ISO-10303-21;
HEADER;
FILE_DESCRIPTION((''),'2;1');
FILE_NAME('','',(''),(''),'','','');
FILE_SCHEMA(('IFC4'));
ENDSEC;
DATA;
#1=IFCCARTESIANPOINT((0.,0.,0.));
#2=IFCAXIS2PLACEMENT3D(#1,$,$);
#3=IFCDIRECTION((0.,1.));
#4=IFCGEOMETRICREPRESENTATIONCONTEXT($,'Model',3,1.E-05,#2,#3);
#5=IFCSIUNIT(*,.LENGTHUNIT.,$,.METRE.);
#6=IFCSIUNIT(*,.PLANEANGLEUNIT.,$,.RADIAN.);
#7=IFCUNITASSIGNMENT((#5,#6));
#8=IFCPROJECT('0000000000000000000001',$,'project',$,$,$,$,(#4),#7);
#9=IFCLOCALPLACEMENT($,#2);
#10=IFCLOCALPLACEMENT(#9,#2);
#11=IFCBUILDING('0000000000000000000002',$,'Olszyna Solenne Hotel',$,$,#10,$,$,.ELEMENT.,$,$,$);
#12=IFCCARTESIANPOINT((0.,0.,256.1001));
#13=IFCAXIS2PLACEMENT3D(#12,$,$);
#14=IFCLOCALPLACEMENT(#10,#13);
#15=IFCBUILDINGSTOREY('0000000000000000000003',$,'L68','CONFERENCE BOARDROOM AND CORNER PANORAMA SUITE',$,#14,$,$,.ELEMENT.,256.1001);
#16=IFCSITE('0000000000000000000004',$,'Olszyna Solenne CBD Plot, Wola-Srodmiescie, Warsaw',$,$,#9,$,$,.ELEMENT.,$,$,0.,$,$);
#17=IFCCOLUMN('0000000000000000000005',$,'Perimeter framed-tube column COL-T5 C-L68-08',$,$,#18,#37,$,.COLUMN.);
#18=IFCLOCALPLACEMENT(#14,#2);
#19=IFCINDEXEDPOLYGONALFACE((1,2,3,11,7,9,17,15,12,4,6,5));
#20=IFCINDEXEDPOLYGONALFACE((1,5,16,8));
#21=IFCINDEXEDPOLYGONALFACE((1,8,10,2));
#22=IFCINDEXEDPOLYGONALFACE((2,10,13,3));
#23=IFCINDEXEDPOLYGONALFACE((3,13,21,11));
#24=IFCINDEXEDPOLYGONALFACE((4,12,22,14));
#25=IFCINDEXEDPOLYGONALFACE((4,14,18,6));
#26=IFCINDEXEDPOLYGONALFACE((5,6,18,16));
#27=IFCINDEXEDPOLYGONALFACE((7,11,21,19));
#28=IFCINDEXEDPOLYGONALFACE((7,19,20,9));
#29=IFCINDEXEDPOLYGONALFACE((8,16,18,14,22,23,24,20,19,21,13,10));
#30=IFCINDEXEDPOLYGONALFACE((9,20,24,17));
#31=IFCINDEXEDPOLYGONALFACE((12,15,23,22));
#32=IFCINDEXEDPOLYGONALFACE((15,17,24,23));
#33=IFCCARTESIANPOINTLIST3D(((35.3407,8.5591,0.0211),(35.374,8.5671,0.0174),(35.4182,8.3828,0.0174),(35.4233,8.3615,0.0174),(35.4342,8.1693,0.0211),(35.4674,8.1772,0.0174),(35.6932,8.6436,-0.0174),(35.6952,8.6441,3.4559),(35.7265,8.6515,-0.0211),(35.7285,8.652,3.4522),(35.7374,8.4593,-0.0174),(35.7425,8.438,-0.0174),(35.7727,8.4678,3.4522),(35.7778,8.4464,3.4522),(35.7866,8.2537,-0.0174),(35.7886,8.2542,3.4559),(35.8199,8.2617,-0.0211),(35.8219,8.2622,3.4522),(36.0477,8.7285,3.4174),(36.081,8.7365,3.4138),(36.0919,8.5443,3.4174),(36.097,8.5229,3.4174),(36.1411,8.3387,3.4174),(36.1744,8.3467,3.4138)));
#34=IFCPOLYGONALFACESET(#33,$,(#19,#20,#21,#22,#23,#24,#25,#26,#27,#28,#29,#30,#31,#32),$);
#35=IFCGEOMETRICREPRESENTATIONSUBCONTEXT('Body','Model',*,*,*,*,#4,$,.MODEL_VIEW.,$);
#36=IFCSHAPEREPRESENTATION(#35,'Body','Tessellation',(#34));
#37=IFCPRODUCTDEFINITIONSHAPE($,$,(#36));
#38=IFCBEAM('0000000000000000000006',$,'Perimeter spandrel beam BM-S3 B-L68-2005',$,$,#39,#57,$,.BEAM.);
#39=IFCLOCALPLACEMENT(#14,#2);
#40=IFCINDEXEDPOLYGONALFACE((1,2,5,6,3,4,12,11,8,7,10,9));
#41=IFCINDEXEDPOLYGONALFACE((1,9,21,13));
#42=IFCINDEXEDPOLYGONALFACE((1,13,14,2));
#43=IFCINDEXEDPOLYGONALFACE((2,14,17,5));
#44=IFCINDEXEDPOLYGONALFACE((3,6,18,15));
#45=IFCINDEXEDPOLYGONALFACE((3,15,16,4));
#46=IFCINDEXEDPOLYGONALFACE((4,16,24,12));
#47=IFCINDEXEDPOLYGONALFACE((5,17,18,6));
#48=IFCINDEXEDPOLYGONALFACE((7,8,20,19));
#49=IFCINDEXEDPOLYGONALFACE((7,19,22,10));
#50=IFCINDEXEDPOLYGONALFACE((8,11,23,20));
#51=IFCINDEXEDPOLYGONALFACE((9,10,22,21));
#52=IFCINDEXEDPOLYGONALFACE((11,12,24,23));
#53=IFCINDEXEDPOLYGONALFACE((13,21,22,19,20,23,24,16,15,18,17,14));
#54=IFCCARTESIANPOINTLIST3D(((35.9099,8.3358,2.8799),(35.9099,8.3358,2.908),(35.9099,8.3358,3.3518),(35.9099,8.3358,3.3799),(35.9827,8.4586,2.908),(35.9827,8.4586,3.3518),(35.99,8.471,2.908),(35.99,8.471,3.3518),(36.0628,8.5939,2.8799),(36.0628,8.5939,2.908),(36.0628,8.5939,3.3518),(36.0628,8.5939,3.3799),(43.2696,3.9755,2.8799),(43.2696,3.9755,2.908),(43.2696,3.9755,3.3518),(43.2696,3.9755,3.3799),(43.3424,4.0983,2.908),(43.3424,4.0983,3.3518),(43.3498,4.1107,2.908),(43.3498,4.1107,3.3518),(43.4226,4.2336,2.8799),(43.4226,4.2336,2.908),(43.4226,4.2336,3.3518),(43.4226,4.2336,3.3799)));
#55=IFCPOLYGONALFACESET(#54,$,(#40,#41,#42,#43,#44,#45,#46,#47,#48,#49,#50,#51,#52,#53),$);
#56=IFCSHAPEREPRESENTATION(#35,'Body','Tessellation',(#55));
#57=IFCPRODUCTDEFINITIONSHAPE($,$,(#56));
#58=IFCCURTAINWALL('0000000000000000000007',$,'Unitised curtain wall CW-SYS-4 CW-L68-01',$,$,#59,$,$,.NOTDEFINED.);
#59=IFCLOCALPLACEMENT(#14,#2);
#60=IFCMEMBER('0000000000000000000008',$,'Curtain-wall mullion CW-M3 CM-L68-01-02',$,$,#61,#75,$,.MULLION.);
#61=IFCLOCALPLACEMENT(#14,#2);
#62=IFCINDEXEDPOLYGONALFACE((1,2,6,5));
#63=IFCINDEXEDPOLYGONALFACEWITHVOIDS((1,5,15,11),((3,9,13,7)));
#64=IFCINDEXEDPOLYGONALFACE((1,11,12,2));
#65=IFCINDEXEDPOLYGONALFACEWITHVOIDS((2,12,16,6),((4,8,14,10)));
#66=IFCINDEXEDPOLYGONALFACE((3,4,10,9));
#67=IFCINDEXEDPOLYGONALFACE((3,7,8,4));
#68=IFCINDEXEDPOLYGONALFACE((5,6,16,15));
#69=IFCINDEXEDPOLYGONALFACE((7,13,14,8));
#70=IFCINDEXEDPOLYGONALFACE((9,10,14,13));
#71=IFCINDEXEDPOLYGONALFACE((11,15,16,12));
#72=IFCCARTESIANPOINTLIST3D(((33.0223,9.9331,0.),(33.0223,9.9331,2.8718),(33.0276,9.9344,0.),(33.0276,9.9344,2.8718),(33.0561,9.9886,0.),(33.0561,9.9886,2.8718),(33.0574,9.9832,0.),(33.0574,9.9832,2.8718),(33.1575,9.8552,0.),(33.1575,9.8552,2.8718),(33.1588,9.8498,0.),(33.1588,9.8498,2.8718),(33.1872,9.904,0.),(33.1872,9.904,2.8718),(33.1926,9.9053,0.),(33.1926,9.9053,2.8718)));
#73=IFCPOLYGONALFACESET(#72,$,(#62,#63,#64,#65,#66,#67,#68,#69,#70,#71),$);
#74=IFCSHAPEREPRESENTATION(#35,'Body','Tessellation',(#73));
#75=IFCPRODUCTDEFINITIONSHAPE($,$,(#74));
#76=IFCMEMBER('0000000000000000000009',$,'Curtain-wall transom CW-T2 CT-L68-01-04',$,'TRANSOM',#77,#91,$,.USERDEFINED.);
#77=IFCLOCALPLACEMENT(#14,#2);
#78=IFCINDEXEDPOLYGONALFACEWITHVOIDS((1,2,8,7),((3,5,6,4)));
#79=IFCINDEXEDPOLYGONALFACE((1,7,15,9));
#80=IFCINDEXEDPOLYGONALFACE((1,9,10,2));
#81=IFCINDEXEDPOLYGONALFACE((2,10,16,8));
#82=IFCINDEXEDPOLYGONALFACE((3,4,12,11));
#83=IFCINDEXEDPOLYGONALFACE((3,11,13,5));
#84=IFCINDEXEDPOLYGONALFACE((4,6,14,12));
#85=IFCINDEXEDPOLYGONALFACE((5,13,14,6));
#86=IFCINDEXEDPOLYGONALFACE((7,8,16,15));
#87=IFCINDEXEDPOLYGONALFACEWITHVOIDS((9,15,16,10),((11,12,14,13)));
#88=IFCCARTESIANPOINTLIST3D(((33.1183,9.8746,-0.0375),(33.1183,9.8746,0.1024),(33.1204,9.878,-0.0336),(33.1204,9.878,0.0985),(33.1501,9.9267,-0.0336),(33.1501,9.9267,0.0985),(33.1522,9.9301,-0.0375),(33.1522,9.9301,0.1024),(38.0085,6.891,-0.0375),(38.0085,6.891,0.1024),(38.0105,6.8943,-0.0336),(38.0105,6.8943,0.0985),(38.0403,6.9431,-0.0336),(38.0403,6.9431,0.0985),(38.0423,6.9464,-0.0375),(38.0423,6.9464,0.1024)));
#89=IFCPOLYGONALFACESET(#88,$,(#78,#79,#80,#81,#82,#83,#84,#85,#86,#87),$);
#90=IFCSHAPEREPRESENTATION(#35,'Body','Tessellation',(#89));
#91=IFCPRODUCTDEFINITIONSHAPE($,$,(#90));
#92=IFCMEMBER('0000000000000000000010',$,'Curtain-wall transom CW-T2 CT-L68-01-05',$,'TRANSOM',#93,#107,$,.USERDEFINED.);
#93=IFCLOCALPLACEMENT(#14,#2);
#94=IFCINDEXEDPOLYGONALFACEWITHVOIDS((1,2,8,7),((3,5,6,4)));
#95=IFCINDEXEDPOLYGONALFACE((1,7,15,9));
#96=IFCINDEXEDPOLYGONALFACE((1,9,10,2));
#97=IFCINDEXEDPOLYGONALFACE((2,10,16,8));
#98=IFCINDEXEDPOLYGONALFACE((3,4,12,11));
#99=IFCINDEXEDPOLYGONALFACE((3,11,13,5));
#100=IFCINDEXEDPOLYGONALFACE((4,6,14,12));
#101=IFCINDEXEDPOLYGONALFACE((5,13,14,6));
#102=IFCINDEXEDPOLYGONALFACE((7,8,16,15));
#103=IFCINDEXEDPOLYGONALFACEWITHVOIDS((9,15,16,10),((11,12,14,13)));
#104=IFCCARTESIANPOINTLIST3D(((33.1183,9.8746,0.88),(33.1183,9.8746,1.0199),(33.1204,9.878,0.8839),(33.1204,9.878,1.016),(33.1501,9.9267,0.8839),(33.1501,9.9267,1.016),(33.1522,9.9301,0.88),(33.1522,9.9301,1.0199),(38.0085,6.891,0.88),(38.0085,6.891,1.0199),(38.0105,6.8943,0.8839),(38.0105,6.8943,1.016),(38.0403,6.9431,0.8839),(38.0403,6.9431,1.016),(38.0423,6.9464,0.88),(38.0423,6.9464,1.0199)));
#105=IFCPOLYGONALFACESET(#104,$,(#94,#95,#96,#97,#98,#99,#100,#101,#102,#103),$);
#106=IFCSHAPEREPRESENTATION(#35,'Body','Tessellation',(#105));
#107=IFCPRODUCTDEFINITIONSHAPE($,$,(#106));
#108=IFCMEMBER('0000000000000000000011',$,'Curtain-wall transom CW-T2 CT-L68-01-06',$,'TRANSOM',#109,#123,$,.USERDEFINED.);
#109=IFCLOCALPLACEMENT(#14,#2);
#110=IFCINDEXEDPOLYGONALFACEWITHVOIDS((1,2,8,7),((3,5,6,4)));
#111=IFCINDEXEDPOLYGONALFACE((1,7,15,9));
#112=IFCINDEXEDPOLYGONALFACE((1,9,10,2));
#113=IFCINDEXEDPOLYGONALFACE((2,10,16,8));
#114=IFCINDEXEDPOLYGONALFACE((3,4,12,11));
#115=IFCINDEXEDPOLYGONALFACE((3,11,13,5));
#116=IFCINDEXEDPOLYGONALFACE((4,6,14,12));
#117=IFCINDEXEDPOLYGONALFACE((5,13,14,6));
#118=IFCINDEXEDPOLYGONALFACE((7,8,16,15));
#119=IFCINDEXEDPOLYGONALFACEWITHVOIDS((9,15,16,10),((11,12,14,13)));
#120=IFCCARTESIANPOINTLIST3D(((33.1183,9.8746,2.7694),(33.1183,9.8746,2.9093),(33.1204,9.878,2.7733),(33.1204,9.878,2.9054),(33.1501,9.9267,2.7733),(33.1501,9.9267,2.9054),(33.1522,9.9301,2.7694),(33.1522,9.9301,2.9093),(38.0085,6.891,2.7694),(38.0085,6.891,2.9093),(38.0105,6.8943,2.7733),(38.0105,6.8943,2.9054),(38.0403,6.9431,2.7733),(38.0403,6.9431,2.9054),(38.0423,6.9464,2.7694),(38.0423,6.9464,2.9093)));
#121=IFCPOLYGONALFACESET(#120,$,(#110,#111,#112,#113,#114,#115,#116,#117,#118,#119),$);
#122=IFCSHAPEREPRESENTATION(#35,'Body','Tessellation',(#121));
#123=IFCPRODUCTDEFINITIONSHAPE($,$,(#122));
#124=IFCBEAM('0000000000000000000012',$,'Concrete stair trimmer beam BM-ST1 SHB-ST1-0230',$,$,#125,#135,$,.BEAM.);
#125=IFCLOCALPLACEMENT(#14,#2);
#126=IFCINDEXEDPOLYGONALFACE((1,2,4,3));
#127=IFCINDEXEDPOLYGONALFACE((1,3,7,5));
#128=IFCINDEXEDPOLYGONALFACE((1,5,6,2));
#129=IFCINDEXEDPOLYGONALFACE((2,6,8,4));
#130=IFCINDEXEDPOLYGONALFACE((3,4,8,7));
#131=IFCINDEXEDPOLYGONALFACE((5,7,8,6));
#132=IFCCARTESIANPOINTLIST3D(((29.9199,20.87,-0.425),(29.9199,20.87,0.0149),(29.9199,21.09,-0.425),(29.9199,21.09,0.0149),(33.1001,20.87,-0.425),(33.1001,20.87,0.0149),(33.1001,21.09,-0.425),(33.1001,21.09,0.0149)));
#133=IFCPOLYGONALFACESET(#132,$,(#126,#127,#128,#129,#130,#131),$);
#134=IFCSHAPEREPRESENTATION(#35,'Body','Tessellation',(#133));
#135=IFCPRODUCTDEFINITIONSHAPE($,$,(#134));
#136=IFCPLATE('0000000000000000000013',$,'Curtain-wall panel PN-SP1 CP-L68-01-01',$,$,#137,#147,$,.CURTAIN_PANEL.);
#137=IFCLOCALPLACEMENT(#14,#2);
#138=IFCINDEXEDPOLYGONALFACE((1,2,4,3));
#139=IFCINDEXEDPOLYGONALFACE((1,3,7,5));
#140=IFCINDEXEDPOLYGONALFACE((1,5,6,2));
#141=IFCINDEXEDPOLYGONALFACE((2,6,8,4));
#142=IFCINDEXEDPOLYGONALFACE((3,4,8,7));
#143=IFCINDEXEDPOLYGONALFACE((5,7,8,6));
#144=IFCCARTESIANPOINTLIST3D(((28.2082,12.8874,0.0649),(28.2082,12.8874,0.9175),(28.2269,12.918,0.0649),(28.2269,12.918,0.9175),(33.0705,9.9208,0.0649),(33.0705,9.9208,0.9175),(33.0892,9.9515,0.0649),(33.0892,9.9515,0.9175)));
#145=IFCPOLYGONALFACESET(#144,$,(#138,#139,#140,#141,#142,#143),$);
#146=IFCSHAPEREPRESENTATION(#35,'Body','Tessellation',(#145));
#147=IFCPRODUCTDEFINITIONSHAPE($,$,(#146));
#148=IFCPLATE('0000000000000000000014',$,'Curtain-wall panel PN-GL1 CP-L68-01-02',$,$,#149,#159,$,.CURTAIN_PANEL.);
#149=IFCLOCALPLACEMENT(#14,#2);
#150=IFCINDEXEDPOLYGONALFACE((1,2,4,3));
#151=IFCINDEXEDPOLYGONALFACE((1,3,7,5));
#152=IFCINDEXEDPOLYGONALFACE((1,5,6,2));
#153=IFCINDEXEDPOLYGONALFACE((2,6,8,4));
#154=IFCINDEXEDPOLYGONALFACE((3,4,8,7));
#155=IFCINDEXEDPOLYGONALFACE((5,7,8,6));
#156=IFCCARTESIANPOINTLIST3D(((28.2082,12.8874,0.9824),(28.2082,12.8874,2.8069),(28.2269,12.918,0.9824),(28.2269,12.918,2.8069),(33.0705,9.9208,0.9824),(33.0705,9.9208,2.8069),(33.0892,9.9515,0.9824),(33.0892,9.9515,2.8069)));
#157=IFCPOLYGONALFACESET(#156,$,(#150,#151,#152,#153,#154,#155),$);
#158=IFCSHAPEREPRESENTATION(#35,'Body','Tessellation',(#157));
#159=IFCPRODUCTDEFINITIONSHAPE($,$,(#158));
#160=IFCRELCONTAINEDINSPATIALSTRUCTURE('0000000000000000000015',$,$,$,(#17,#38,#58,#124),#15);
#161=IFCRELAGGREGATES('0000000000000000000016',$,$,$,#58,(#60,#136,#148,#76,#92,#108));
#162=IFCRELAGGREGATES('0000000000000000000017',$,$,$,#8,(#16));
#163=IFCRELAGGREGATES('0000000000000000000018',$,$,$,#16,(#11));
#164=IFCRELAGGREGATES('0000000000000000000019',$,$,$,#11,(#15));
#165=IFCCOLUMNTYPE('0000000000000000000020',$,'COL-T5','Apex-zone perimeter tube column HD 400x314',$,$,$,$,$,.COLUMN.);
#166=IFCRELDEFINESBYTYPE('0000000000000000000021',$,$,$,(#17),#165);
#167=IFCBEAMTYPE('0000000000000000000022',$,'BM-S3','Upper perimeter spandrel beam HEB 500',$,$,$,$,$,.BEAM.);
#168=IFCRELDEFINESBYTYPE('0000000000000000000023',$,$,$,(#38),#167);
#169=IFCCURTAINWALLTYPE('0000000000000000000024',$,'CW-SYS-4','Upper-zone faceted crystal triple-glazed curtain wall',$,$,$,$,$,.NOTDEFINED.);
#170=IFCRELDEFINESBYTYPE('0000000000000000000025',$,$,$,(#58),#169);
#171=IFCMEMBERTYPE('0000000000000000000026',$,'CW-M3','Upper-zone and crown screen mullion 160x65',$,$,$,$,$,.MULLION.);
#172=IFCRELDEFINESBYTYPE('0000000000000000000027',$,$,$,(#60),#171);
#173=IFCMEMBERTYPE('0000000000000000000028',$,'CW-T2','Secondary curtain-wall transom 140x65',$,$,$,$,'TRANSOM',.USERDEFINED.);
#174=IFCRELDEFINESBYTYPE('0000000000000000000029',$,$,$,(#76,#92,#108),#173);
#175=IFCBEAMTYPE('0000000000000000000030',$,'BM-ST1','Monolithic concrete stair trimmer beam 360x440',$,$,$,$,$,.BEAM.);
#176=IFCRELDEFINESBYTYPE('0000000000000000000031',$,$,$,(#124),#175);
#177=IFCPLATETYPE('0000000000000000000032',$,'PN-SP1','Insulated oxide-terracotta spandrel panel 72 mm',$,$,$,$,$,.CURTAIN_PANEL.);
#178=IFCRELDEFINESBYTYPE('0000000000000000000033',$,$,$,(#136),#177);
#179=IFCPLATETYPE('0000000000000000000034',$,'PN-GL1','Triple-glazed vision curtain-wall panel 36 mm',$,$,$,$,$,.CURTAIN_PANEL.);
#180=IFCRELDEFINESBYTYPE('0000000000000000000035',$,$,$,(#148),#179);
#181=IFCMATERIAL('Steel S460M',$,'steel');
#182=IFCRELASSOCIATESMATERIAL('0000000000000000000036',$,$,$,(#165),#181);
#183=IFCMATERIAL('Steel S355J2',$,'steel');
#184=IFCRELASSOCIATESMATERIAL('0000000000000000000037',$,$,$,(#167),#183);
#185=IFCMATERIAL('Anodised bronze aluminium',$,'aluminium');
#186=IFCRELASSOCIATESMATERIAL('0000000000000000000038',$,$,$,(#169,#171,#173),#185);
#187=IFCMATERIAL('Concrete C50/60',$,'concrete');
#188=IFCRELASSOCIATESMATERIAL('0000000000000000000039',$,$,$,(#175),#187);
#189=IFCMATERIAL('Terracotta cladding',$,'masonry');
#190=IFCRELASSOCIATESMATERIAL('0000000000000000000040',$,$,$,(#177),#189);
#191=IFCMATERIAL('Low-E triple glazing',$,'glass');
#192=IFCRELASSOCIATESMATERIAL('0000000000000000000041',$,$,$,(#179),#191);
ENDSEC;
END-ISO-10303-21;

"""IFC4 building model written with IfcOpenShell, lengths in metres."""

from ifc_helpers import new_model, si_unit, direction, frame, origin, origin_2d, place, context, subcontext, project, spatial, rectangle, hollow_rectangle, i_section, extrude, source, transform, mapped, material, material_profile, profile_set, type_object, element, aggregate, save


model = new_model("IFC4")

# Units and contexts
model_context = context("Model", 3, precision=1e-05, world=origin(), true_north=direction((0.0, 1.0)))
body_context = subcontext(model_context, "Body", "Model", "MODEL_VIEW")
ifc_project = project(units=[si_unit("LENGTHUNIT", "METRE"), si_unit("PLANEANGLEUNIT", "RADIAN")], contexts=[model_context])

# Site, building, storey
site_placement = place(None, origin())
site = spatial("IfcSite", under=ifc_project, at=site_placement, Name="Olszyna Solenne CBD Plot, Wola-Srodmiescie, Warsaw", CompositionType="ELEMENT", RefElevation=0.0)
building_placement = place(site_placement, origin())
building = spatial("IfcBuilding", under=site, at=building_placement, Name="Olszyna Solenne Hotel", CompositionType="ELEMENT")
storey_placement = place(building_placement, frame((0.0, 0.0, 256.1001)))
storey = spatial("IfcBuildingStorey", under=building, at=storey_placement, Name="L68", Description="CONFERENCE BOARDROOM AND CORNER PANORAMA SUITE", CompositionType="ELEMENT", Elevation=256.1001)

# Column
ifc_material_1 = material(Name="Steel S460M", Category="steel")
ifc_material_profile_1 = material_profile(ifc_material_1, i_section(OverallWidth=0.4009, OverallDepth=0.3989, WebThickness=0.022, FlangeThickness=0.0344, at=origin_2d()), Name="HD 400x314", Category="load-bearing")
ifc_profile_set_1 = profile_set([ifc_material_profile_1], Name="Steel S460M")
column_type = type_object("IfcColumnType", Name="COL-T5", Description="Apex-zone perimeter tube column HD 400x314", PredefinedType="COLUMN", material=ifc_profile_set_1)
shared_shape_1 = source(origin(), body_context, "Body", "SweptSolid", [
    extrude(i_section(OverallWidth=0.4009, OverallDepth=0.3989, WebThickness=0.022, FlangeThickness=0.0344, at=origin_2d()), origin(), (0.0, 0.0, 1.0), 3.4541),
])
column_placement = place(storey_placement, frame((35.5803, 8.4104, 0.0), z_axis=(0.102629, 0.024597, 0.994416), x_axis=(-0.233069, 0.97246, 0.0)))
element("IfcColumn", 1, at=column_placement, inside=storey, type_object=column_type, Name="Perimeter framed-tube column COL-T5 C-L68-08", PredefinedType="COLUMN", context=body_context, shape_type="MappedRepresentation", body=[
    mapped(shared_shape_1, transform((0.0, 0.0, 0.0), x_axis=(1.0, 0.0, 0.0), y_axis=(0.0, 1.0, 0.0), z_axis=(0.0, 0.0, 1.0), scale=1.0)),
])

# Beam
ifc_material_2 = material(Name="Steel S355J2", Category="steel")
ifc_material_profile_2 = material_profile(ifc_material_2, i_section(OverallWidth=0.3, OverallDepth=0.5, WebThickness=0.0144, FlangeThickness=0.0281, at=origin_2d()), Name="HEB 500", Category="load-bearing")
ifc_profile_set_2 = profile_set([ifc_material_profile_2], Name="Steel S355J2")
beam_type_1 = type_object("IfcBeamType", Name="BM-S3", Description="Upper perimeter spandrel beam HEB 500", PredefinedType="BEAM", material=ifc_profile_set_2)
shared_shape_2 = source(origin(), body_context, "Body", "SweptSolid", [
    extrude(i_section(OverallWidth=0.3, OverallDepth=0.5, WebThickness=0.0144, FlangeThickness=0.0281, at=origin_2d()), origin(), (0.0, 0.0, 1.0), 8.5544),
])
beam_1_placement = place(storey_placement, frame((35.9863, 8.4648, 3.1299), z_axis=(0.860345, -0.509712, 0.0), x_axis=(0.509712, 0.860345, 0.0)))
element("IfcBeam", 2, at=beam_1_placement, inside=storey, type_object=beam_type_1, Name="Perimeter spandrel beam BM-S3 B-L68-2005", PredefinedType="BEAM", context=body_context, shape_type="MappedRepresentation", body=[
    mapped(shared_shape_2, transform((0.0, 0.0, 0.0), x_axis=(1.0, 0.0, 0.0), y_axis=(0.0, 1.0, 0.0), z_axis=(0.0, 0.0, 1.0), scale=1.0)),
])

# Curtain wall, members
ifc_material_3 = material(Name="Anodised bronze aluminium", Category="aluminium")
curtain_wall_type = type_object("IfcCurtainWallType", Name="CW-SYS-4", Description="Upper-zone faceted crystal triple-glazed curtain wall", PredefinedType="NOTDEFINED", material=ifc_material_3)
curtain_wall_placement = place(storey_placement, origin())
curtain_wall = element("IfcCurtainWall", 3, at=curtain_wall_placement, inside=storey, type_object=curtain_wall_type, Name="Unitised curtain wall CW-SYS-4 CW-L68-01", PredefinedType="NOTDEFINED")
ifc_material_profile_3 = material_profile(ifc_material_3, hollow_rectangle(XDim=0.0649, YDim=0.1599, WallThickness=0.0039, at=origin_2d()), Name="MULL 160x65x4", Category="load-bearing")
ifc_profile_set_3 = profile_set([ifc_material_profile_3], Name="Anodised bronze aluminium")
member_type_1 = type_object("IfcMemberType", Name="CW-M3", Description="Upper-zone and crown screen mullion 160x65", PredefinedType="MULLION", material=ifc_profile_set_3)
shared_shape_3 = source(origin(), body_context, "Body", "SweptSolid", [
    extrude(hollow_rectangle(XDim=0.0649, YDim=0.1599, WallThickness=0.0039, at=origin_2d()), origin(), (0.0, 0.0, 1.0), 2.8718),
])
member_1_placement = place(storey_placement, frame((33.1074, 9.9192, 0.0), z_axis=(0.0, 0.0, 1.0), x_axis=(0.520829, 0.853661, 0.0)))
member_1 = element("IfcMember", 4, at=member_1_placement, type_object=member_type_1, Name="Curtain-wall mullion CW-M3 CM-L68-01-02", PredefinedType="MULLION", context=body_context, shape_type="MappedRepresentation", body=[
    mapped(shared_shape_3, transform((0.0, 0.0, 0.0), x_axis=(1.0, 0.0, 0.0), y_axis=(0.0, 1.0, 0.0), z_axis=(0.0, 0.0, 1.0), scale=1.0)),
])
ifc_material_profile_4 = material_profile(ifc_material_3, hollow_rectangle(XDim=0.0649, YDim=0.1399, WallThickness=0.0039, at=origin_2d()), Name="TRAN 140x65x4", Category="load-bearing")
ifc_profile_set_4 = profile_set([ifc_material_profile_4], Name="Anodised bronze aluminium")
member_type_2 = type_object("IfcMemberType", Name="CW-T2", Description="Secondary curtain-wall transom 140x65", ElementType="TRANSOM", PredefinedType="USERDEFINED", material=ifc_profile_set_4)
shared_shape_4 = source(origin(), body_context, "Body", "SweptSolid", [
    extrude(hollow_rectangle(XDim=0.0649, YDim=0.1399, WallThickness=0.0039, at=origin_2d()), origin(), (0.0, 0.0, 1.0), 5.7285),
])
member_2_placement = place(storey_placement, frame((33.1353, 9.9023, 0.0325), z_axis=(0.853652, -0.520843, 0.0), x_axis=(0.520843, 0.853652, 0.0)))
member_2 = element("IfcMember", 5, at=member_2_placement, type_object=member_type_2, Name="Curtain-wall transom CW-T2 CT-L68-01-04", ObjectType="TRANSOM", PredefinedType="USERDEFINED", context=body_context, shape_type="MappedRepresentation", body=[
    mapped(shared_shape_4, transform((0.0, 0.0, 0.0), x_axis=(1.0, 0.0, 0.0), y_axis=(0.0, 1.0, 0.0), z_axis=(0.0, 0.0, 1.0), scale=1.0)),
])
member_3_placement = place(storey_placement, frame((33.1353, 9.9023, 0.95), z_axis=(0.853652, -0.520843, 0.0), x_axis=(0.520843, 0.853652, 0.0)))
member_3 = element("IfcMember", 6, at=member_3_placement, type_object=member_type_2, Name="Curtain-wall transom CW-T2 CT-L68-01-05", ObjectType="TRANSOM", PredefinedType="USERDEFINED", context=body_context, shape_type="MappedRepresentation", body=[
    mapped(shared_shape_4, transform((0.0, 0.0, 0.0), x_axis=(1.0, 0.0, 0.0), y_axis=(0.0, 1.0, 0.0), z_axis=(0.0, 0.0, 1.0), scale=1.0)),
])
member_4_placement = place(storey_placement, frame((33.1353, 9.9023, 2.8394), z_axis=(0.853652, -0.520843, 0.0), x_axis=(0.520843, 0.853652, 0.0)))
member_4 = element("IfcMember", 7, at=member_4_placement, type_object=member_type_2, Name="Curtain-wall transom CW-T2 CT-L68-01-06", ObjectType="TRANSOM", PredefinedType="USERDEFINED", context=body_context, shape_type="MappedRepresentation", body=[
    mapped(shared_shape_4, transform((0.0, 0.0, 0.0), x_axis=(1.0, 0.0, 0.0), y_axis=(0.0, 1.0, 0.0), z_axis=(0.0, 0.0, 1.0), scale=1.0)),
])

# Beam
ifc_material_4 = material(Name="Concrete C50/60", Category="concrete")
ifc_material_profile_5 = material_profile(ifc_material_4, rectangle(XDim=0.22, YDim=0.4399, at=origin_2d()), Name="RC 220x440", Category="load-bearing")
ifc_profile_set_5 = profile_set([ifc_material_profile_5], Name="Concrete C50/60")
beam_type_2 = type_object("IfcBeamType", Name="BM-ST1", Description="Monolithic concrete stair trimmer beam 360x440", PredefinedType="BEAM", material=ifc_profile_set_5)
shared_shape_5 = source(origin(), body_context, "Body", "SweptSolid", [
    extrude(rectangle(XDim=0.22, YDim=0.4399, at=origin_2d()), origin(), (0.0, 0.0, 1.0), 3.1802),
])
beam_2_placement = place(storey_placement, frame((33.1001, 20.98, -0.2051), z_axis=(-1.0, 0.0, 0.0), x_axis=(0.0, -1.0, 0.0)))
element("IfcBeam", 8, at=beam_2_placement, inside=storey, type_object=beam_type_2, Name="Concrete stair trimmer beam BM-ST1 SHB-ST1-0230", PredefinedType="BEAM", context=body_context, shape_type="MappedRepresentation", body=[
    mapped(shared_shape_5, transform((0.0, 0.0, 0.0), x_axis=(1.0, 0.0, 0.0), y_axis=(0.0, 1.0, 0.0), z_axis=(0.0, 0.0, 1.0), scale=1.0)),
])

# Plates
ifc_material_5 = material(Name="Terracotta cladding", Category="masonry")
plate_type_1 = type_object("IfcPlateType", Name="PN-SP1", Description="Insulated oxide-terracotta spandrel panel 72 mm", PredefinedType="CURTAIN_PANEL", material=ifc_material_5)
shared_shape_6 = source(origin(), body_context, "Body", "SweptSolid", [
    extrude(rectangle(XDim=5.6958, YDim=0.0359, at=origin_2d()), origin(), (0.0, 0.0, 1.0), 0.8525),
])
plate_1_placement = place(storey_placement, frame((30.6487, 11.4194, 0.0649), z_axis=(0.0, 0.0, 1.0), x_axis=(0.853661, -0.520829, 0.0)))
plate_1 = element("IfcPlate", 9, at=plate_1_placement, type_object=plate_type_1, Name="Curtain-wall panel PN-SP1 CP-L68-01-01", PredefinedType="CURTAIN_PANEL", context=body_context, shape_type="MappedRepresentation", body=[
    mapped(shared_shape_6, transform((0.0, 0.0, 0.0), x_axis=(1.0, 0.0, 0.0), y_axis=(0.0, 1.0, 0.0), z_axis=(0.0, 0.0, 1.0), scale=1.0)),
])
ifc_material_6 = material(Name="Low-E triple glazing", Category="glass")
plate_type_2 = type_object("IfcPlateType", Name="PN-GL1", Description="Triple-glazed vision curtain-wall panel 36 mm", PredefinedType="CURTAIN_PANEL", material=ifc_material_6)
shared_shape_7 = source(origin(), body_context, "Body", "SweptSolid", [
    extrude(rectangle(XDim=5.6958, YDim=0.0359, at=origin_2d()), origin(), (0.0, 0.0, 1.0), 1.8245),
])
plate_2_placement = place(storey_placement, frame((30.6487, 11.4194, 0.9824), z_axis=(0.0, 0.0, 1.0), x_axis=(0.853661, -0.520829, 0.0)))
plate_2 = element("IfcPlate", 10, at=plate_2_placement, type_object=plate_type_2, Name="Curtain-wall panel PN-GL1 CP-L68-01-02", PredefinedType="CURTAIN_PANEL", context=body_context, shape_type="MappedRepresentation", body=[
    mapped(shared_shape_7, transform((0.0, 0.0, 0.0), x_axis=(1.0, 0.0, 0.0), y_axis=(0.0, 1.0, 0.0), z_axis=(0.0, 0.0, 1.0), scale=1.0)),
])
aggregate(curtain_wall, [member_1, plate_1, plate_2, member_2, member_3, member_4])

save(model, "model.ifc")
